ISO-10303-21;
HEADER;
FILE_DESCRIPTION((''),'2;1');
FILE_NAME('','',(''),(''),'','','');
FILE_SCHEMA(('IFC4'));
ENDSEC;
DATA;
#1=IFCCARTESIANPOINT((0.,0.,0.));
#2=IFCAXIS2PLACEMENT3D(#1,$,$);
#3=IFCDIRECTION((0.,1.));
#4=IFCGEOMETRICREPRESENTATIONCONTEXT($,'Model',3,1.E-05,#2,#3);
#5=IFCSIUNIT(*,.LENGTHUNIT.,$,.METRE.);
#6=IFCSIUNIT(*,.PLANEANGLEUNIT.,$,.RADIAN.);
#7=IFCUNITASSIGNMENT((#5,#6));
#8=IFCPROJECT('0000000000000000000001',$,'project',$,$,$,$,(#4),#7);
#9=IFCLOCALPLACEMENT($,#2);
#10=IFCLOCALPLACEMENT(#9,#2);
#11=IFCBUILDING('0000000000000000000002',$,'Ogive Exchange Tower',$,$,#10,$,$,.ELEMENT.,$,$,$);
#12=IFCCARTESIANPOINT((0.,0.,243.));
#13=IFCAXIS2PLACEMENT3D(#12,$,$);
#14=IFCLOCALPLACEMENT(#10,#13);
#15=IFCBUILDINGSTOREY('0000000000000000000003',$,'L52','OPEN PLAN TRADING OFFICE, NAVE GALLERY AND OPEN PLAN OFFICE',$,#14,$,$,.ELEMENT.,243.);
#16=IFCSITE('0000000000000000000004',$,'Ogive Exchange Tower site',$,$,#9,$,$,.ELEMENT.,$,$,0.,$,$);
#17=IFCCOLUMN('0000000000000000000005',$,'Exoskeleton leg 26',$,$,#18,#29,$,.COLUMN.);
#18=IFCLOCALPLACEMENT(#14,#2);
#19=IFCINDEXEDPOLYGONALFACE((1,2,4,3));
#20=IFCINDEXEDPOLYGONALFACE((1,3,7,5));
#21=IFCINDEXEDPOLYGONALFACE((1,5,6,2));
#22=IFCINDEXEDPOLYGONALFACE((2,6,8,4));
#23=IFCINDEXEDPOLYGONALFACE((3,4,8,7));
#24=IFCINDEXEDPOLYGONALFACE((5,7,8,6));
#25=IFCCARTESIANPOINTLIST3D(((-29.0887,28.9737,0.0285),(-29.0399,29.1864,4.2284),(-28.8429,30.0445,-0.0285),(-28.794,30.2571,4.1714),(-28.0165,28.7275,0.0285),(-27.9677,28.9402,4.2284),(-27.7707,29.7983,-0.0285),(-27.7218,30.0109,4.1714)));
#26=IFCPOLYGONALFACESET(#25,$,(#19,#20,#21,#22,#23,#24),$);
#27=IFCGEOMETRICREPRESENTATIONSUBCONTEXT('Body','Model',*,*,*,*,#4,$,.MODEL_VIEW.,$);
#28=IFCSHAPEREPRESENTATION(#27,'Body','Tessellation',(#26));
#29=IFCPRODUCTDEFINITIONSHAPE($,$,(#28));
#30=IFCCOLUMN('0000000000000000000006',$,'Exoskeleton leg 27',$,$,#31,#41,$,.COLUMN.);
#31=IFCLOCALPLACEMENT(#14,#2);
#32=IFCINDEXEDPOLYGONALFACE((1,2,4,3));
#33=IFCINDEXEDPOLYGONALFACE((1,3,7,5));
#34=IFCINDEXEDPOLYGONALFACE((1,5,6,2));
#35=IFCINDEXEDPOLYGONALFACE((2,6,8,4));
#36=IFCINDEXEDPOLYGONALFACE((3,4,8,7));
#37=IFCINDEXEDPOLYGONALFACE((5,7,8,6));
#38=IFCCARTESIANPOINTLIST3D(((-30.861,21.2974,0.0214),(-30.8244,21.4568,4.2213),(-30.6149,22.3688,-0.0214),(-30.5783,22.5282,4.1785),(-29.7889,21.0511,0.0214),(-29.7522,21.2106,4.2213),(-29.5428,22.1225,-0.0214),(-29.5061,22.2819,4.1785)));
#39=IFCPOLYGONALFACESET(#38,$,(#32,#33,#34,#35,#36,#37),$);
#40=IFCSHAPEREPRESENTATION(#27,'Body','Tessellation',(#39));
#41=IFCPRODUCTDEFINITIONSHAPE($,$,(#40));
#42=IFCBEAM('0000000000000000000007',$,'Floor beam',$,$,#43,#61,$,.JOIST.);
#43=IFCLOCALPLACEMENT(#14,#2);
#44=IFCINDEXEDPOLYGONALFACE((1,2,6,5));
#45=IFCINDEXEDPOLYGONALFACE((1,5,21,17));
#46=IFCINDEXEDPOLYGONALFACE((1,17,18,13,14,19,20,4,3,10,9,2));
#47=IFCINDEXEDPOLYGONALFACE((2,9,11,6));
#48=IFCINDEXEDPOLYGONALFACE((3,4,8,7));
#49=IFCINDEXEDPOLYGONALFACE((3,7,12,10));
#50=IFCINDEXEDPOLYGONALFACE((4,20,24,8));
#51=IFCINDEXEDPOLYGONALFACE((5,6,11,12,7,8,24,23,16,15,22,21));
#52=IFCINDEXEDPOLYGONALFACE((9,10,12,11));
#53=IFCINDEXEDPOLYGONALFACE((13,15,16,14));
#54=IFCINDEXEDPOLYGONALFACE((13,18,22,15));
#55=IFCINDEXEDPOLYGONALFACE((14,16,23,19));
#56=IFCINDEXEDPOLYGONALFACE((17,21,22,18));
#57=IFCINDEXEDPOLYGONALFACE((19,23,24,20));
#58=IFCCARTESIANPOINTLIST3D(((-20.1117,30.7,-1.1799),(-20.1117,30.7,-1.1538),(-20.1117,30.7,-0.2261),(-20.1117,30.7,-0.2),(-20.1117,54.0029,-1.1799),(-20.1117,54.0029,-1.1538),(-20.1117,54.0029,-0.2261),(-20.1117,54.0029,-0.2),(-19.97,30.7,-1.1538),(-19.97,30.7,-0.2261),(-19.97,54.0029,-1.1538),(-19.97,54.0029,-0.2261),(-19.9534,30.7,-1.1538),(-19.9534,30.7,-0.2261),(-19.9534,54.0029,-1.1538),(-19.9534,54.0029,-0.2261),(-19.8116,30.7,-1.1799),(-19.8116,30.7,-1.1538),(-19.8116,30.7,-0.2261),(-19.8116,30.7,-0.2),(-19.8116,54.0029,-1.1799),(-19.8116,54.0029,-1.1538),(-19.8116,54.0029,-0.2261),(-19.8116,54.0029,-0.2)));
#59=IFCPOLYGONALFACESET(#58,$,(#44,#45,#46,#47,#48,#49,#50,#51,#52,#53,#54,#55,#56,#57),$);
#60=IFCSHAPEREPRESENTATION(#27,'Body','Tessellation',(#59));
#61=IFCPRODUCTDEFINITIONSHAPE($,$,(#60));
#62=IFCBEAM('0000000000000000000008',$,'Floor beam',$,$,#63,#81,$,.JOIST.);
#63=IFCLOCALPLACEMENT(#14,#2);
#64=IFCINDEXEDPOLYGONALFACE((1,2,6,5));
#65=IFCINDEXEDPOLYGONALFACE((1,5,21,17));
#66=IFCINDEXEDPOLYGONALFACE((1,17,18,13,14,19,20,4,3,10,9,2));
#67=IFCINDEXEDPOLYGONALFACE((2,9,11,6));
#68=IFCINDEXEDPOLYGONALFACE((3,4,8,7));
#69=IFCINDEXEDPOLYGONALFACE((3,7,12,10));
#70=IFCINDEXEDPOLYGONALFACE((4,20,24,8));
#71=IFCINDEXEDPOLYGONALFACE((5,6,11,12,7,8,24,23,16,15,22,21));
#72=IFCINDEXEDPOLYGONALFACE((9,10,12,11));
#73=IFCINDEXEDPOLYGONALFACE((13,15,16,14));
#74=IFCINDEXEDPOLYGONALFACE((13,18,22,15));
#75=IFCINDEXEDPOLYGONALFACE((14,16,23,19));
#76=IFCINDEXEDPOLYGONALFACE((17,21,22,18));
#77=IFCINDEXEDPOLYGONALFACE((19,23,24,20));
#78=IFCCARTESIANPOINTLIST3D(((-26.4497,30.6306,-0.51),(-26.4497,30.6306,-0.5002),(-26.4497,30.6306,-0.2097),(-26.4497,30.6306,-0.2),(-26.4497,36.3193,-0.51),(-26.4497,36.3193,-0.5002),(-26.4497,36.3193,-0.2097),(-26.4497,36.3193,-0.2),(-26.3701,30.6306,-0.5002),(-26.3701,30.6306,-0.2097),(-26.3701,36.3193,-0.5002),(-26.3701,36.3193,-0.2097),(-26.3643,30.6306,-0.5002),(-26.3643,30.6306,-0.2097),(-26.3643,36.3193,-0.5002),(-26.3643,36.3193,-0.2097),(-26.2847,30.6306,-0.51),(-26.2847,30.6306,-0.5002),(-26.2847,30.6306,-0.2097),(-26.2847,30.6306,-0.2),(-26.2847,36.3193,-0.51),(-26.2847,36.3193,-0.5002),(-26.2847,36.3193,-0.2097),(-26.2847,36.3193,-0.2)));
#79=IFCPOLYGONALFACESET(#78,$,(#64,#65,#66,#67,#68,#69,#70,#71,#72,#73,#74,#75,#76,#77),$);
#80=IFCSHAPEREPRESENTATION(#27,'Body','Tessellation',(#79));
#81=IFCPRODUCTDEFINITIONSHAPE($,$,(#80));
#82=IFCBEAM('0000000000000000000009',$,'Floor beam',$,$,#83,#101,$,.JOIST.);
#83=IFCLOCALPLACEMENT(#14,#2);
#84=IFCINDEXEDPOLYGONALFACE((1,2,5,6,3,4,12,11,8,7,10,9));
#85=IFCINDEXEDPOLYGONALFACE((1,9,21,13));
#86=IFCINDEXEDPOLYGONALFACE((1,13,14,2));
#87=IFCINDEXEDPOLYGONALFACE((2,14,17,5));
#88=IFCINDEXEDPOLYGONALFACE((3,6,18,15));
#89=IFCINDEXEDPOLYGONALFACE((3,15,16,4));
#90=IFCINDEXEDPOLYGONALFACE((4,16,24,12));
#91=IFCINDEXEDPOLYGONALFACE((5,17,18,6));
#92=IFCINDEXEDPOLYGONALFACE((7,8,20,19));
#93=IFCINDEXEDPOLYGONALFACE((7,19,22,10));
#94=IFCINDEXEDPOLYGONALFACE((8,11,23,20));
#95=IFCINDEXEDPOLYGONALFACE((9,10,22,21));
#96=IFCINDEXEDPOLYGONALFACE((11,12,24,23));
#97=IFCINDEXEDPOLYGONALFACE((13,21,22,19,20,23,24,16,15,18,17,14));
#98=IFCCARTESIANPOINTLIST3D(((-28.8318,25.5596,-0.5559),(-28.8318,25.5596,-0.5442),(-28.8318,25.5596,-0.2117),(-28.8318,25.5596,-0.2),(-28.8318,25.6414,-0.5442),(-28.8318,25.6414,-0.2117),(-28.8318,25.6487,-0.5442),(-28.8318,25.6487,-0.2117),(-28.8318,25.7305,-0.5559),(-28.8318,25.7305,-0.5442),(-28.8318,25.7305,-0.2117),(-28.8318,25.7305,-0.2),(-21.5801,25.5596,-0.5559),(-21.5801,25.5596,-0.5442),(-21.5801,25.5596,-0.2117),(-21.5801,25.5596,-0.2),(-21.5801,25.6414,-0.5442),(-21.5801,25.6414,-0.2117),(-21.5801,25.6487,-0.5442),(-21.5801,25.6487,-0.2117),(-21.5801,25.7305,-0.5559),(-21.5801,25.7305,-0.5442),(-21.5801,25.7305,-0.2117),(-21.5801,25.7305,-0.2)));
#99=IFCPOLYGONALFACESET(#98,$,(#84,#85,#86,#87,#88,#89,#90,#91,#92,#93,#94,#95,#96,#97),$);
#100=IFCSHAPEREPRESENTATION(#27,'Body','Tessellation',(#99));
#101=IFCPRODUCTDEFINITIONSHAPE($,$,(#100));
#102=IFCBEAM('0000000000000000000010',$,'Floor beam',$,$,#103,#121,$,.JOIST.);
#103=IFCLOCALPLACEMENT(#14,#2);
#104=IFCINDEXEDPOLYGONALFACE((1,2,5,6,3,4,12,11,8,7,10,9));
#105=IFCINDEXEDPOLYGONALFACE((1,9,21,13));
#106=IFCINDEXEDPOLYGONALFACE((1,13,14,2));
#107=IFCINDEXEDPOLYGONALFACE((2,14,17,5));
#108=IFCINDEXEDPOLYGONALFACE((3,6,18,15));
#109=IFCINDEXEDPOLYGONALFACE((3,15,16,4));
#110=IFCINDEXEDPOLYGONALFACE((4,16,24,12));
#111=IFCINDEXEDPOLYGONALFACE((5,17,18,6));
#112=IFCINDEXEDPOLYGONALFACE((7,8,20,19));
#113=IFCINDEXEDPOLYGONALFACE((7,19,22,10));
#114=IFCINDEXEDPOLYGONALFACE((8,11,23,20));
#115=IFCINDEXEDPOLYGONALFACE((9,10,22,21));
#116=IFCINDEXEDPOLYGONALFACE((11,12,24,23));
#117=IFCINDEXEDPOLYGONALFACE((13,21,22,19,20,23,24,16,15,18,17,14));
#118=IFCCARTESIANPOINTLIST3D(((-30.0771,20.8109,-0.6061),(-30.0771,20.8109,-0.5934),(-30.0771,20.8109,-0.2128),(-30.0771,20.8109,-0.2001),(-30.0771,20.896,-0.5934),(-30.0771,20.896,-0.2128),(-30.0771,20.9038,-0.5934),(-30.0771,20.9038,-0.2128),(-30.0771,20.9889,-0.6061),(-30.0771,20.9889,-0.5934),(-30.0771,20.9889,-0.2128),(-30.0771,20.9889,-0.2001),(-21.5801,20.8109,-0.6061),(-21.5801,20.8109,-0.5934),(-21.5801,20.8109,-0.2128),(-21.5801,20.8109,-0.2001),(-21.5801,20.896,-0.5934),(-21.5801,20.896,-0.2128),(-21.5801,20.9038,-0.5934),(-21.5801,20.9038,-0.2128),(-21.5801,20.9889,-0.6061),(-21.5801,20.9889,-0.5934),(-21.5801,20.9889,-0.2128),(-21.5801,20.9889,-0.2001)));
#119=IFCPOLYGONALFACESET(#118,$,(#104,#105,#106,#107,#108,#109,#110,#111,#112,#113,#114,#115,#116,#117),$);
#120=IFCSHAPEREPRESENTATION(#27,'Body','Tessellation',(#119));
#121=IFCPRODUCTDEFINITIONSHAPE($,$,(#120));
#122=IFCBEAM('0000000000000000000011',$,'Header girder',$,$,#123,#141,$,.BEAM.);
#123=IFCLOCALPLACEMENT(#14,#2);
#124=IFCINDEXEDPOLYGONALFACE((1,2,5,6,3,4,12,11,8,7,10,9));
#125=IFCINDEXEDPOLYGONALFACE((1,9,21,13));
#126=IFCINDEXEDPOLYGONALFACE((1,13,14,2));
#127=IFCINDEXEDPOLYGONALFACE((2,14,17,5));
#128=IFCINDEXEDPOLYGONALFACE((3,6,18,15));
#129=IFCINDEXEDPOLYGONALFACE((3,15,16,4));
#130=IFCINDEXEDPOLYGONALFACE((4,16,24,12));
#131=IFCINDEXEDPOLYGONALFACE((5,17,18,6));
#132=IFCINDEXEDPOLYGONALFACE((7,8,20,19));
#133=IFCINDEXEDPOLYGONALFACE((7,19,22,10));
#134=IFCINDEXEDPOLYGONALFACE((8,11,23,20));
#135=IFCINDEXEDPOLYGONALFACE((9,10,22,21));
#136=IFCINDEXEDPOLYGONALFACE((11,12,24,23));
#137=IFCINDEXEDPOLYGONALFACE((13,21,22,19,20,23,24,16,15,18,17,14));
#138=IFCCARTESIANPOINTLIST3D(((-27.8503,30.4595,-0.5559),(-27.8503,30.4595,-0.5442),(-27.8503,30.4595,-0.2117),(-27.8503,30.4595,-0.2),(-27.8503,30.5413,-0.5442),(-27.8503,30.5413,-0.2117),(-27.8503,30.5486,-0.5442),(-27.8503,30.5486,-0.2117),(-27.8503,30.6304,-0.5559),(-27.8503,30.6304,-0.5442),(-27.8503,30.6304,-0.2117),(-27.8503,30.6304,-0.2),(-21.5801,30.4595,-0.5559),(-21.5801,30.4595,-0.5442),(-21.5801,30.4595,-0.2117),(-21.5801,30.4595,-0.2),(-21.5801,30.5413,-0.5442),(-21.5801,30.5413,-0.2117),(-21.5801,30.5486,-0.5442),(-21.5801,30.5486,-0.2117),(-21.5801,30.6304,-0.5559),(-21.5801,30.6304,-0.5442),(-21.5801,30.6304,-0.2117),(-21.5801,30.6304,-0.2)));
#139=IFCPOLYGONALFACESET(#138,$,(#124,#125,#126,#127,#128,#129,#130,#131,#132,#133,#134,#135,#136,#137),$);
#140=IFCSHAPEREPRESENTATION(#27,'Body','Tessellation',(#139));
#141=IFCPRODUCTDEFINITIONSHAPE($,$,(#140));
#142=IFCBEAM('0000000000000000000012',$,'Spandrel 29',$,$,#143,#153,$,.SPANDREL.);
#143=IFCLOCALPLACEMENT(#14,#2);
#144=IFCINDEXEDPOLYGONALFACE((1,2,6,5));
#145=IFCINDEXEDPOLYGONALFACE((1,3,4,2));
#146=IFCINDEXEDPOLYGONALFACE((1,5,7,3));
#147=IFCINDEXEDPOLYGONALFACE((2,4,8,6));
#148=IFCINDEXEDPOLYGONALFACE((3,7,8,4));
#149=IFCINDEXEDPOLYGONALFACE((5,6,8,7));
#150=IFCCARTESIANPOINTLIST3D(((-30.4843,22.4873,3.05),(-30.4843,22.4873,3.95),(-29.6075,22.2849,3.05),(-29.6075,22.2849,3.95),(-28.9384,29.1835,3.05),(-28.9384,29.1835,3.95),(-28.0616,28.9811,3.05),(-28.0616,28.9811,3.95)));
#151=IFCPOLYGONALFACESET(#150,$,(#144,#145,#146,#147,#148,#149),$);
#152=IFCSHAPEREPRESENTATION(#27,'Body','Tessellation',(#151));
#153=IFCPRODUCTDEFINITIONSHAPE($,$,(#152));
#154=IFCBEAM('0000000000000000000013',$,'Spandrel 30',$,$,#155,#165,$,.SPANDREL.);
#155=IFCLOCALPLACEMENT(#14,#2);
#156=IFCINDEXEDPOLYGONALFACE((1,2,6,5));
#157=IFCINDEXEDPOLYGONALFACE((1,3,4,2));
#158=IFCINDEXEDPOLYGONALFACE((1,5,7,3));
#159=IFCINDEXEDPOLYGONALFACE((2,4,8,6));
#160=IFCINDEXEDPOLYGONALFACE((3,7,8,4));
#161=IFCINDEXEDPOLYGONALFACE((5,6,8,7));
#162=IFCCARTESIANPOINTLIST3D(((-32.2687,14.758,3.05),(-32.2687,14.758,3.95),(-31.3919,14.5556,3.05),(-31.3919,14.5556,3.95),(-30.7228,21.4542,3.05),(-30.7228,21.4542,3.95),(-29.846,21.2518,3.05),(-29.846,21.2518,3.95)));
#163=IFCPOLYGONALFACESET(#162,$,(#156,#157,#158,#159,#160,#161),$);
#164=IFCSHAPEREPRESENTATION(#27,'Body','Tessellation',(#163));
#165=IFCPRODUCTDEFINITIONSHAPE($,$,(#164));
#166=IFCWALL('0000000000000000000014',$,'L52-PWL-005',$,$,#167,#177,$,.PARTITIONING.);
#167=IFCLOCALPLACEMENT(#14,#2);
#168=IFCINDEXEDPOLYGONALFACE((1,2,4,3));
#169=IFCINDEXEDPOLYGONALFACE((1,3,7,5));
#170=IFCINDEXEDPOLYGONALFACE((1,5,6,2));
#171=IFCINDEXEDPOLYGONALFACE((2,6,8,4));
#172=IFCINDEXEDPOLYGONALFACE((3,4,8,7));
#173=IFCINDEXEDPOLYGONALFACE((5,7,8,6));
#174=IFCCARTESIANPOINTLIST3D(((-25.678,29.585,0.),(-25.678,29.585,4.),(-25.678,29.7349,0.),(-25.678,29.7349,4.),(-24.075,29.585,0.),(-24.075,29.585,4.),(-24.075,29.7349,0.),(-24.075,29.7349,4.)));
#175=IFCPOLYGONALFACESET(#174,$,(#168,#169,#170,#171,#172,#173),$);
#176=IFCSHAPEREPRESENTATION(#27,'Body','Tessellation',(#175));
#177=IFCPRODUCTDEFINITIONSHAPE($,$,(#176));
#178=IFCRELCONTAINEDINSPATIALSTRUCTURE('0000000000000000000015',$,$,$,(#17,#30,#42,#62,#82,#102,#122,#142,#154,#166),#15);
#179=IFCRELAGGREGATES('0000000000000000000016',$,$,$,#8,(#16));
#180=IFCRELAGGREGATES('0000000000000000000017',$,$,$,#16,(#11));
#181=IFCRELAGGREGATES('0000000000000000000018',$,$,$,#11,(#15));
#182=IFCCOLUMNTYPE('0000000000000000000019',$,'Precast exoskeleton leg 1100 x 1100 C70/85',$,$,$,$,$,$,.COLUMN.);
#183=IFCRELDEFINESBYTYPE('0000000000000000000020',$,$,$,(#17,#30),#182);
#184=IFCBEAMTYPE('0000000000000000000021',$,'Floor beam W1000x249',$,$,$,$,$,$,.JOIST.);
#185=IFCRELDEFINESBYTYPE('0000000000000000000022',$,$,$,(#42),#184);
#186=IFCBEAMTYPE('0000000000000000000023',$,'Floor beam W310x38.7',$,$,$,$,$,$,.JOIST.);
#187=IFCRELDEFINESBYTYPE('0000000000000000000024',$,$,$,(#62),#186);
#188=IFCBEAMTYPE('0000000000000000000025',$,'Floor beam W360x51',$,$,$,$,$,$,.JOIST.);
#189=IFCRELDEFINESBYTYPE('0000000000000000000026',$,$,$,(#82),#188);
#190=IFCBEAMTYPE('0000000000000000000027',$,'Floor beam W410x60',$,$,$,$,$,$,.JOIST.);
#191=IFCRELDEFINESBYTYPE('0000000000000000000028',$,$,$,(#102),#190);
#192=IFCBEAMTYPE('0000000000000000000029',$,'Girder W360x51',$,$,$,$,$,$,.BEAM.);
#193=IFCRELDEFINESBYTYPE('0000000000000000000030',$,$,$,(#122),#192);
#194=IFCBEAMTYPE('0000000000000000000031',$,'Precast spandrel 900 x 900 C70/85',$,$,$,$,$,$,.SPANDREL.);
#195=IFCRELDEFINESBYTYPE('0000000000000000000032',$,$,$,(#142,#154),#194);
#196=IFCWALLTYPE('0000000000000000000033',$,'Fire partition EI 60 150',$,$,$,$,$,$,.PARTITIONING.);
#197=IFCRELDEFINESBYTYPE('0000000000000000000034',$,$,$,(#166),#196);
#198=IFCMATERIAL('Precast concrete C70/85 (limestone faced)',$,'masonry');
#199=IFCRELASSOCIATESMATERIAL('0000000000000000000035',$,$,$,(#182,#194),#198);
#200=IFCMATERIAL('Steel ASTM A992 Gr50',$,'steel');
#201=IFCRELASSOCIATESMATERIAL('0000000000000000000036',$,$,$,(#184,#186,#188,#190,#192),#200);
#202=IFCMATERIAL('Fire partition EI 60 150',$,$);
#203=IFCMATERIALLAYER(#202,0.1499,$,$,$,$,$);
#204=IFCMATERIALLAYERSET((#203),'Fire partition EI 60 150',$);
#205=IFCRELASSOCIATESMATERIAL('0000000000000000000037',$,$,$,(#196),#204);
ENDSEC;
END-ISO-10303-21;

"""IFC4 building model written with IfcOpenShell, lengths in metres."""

from ifc_helpers import new_model, si_unit, direction, frame, frame_2d, origin, origin_2d, place, context, subcontext, project, spatial, rectangle, i_section, extrude, material, layer, layer_set, material_profile, profile_set, type_object, element, save


model = new_model("IFC4")

# Units and contexts
model_context = context("Model", 3, precision=1e-05, world=origin(), true_north=direction((0.0, 1.0)))
body_context = subcontext(model_context, "Body", "Model", "MODEL_VIEW")
ifc_project = project(units=[si_unit("LENGTHUNIT", "METRE"), si_unit("PLANEANGLEUNIT", "RADIAN")], contexts=[model_context])

# Site, building, storey
site_placement = place(None, origin())
site = spatial("IfcSite", under=ifc_project, at=site_placement, Name="Ogive Exchange Tower site", CompositionType="ELEMENT", RefElevation=0.0)
building_placement = place(site_placement, origin())
building = spatial("IfcBuilding", under=site, at=building_placement, Name="Ogive Exchange Tower", CompositionType="ELEMENT")
storey_placement = place(building_placement, frame((0.0, 0.0, 243.0)))
storey = spatial("IfcBuildingStorey", under=building, at=storey_placement, Name="L52", Description="OPEN PLAN TRADING OFFICE, NAVE GALLERY AND OPEN PLAN OFFICE", CompositionType="ELEMENT", Elevation=243.0)

# Columns
ifc_material_1 = material(Name="Precast concrete C70/85 (limestone faced)", Category="masonry")
ifc_material_profile_1 = material_profile(ifc_material_1, rectangle(XDim=1.1001, YDim=1.1001, at=origin_2d()), Name="1100 x 1100")
ifc_profile_set_1 = profile_set([ifc_material_profile_1], Name="Precast concrete C70/85 (limestone faced)")
column_type = type_object("IfcColumnType", Name="Precast exoskeleton leg 1100 x 1100 C70/85", PredefinedType="COLUMN", material=ifc_profile_set_1)
column_1_placement = place(storey_placement, frame((-28.4297, 29.386, 0.0), z_axis=(0.01161, 0.050563, 0.998653), x_axis=(-0.974636, 0.223797, 0.0)))
element("IfcColumn", 1, at=column_1_placement, inside=storey, type_object=column_type, Name="Exoskeleton leg 26", PredefinedType="COLUMN", context=body_context, shape_type="SweptSolid", body=[
    extrude(rectangle(XDim=1.1001, YDim=1.1001, at=origin_2d()), origin(), (0.0, 0.0, 1.0), 4.2056),
])
column_2_placement = place(storey_placement, frame((-30.2019, 21.71, 0.0), z_axis=(0.008713, 0.03793, 0.999242), x_axis=(-0.974617, 0.223878, 0.0)))
element("IfcColumn", 2, at=column_2_placement, inside=storey, type_object=column_type, Name="Exoskeleton leg 27", PredefinedType="COLUMN", context=body_context, shape_type="SweptSolid", body=[
    extrude(rectangle(XDim=1.1001, YDim=1.1001, at=origin_2d()), origin(), (0.0, 0.0, 1.0), 4.2031),
])

# Beams
ifc_material_2 = material(Name="Steel ASTM A992 Gr50", Category="steel")
ifc_material_profile_2 = material_profile(ifc_material_2, i_section(OverallWidth=0.3, OverallDepth=0.98, WebThickness=0.0166, FlangeThickness=0.0261, at=origin_2d()), Name="W1000x249")
ifc_profile_set_2 = profile_set([ifc_material_profile_2], Name="Steel ASTM A992 Gr50")
beam_type_1 = type_object("IfcBeamType", Name="Floor beam W1000x249", PredefinedType="JOIST", material=ifc_profile_set_2)
beam_1_placement = place(storey_placement, frame((-19.9617, 30.7, -0.6899), z_axis=(0.0, 1.0, 0.0), x_axis=(-1.0, 0.0, 0.0)))
element("IfcBeam", 3, at=beam_1_placement, inside=storey, type_object=beam_type_1, Name="Floor beam", PredefinedType="JOIST", context=body_context, shape_type="SweptSolid", body=[
    extrude(i_section(OverallWidth=0.3, OverallDepth=0.98, WebThickness=0.0166, FlangeThickness=0.0261, at=origin_2d()), origin(), (0.0, 0.0, 1.0), 23.303),
])
ifc_material_profile_3 = material_profile(ifc_material_2, i_section(OverallWidth=0.165, OverallDepth=0.3101, WebThickness=0.0059, FlangeThickness=0.0098, at=origin_2d()), Name="W310x38.7")
ifc_profile_set_3 = profile_set([ifc_material_profile_3], Name="Steel ASTM A992 Gr50")
beam_type_2 = type_object("IfcBeamType", Name="Floor beam W310x38.7", PredefinedType="JOIST", material=ifc_profile_set_3)
beam_2_placement = place(storey_placement, frame((-26.3672, 30.6306, -0.355), z_axis=(0.0, 1.0, 0.0), x_axis=(-1.0, 0.0, 0.0)))
element("IfcBeam", 4, at=beam_2_placement, inside=storey, type_object=beam_type_2, Name="Floor beam", PredefinedType="JOIST", context=body_context, shape_type="SweptSolid", body=[
    extrude(i_section(OverallWidth=0.165, OverallDepth=0.3101, WebThickness=0.0059, FlangeThickness=0.0098, at=origin_2d()), origin(), (0.0, 0.0, 1.0), 5.6887),
])
ifc_material_profile_4 = material_profile(ifc_material_2, i_section(OverallWidth=0.1709, OverallDepth=0.356, WebThickness=0.0073, FlangeThickness=0.0117, at=origin_2d()), Name="W360x51")
ifc_profile_set_4 = profile_set([ifc_material_profile_4], Name="Steel ASTM A992 Gr50")
beam_type_3 = type_object("IfcBeamType", Name="Floor beam W360x51", PredefinedType="JOIST", material=ifc_profile_set_4)
beam_3_placement = place(storey_placement, frame((-28.8318, 25.645, -0.3779), z_axis=(1.0, 0.0, 0.0), x_axis=(0.0, 1.0, 0.0)))
element("IfcBeam", 5, at=beam_3_placement, inside=storey, type_object=beam_type_3, Name="Floor beam", PredefinedType="JOIST", context=body_context, shape_type="SweptSolid", body=[
    extrude(i_section(OverallWidth=0.1709, OverallDepth=0.356, WebThickness=0.0073, FlangeThickness=0.0117, at=origin_2d()), origin(), (0.0, 0.0, 1.0), 7.2517),
])
ifc_material_profile_5 = material_profile(ifc_material_2, i_section(OverallWidth=0.178, OverallDepth=0.406, WebThickness=0.0078, FlangeThickness=0.0127, at=origin_2d()), Name="W410x60")
ifc_profile_set_5 = profile_set([ifc_material_profile_5], Name="Steel ASTM A992 Gr50")
beam_type_4 = type_object("IfcBeamType", Name="Floor beam W410x60", PredefinedType="JOIST", material=ifc_profile_set_5)
beam_4_placement = place(storey_placement, frame((-30.0771, 20.8999, -0.4031), z_axis=(1.0, 0.0, 0.0), x_axis=(0.0, 1.0, 0.0)))
element("IfcBeam", 6, at=beam_4_placement, inside=storey, type_object=beam_type_4, Name="Floor beam", PredefinedType="JOIST", context=body_context, shape_type="SweptSolid", body=[
    extrude(i_section(OverallWidth=0.178, OverallDepth=0.406, WebThickness=0.0078, FlangeThickness=0.0127, at=origin_2d()), origin(), (0.0, 0.0, 1.0), 8.4971),
])
ifc_material_profile_6 = material_profile(ifc_material_2, i_section(OverallWidth=0.1709, OverallDepth=0.356, WebThickness=0.0073, FlangeThickness=0.0117, at=origin_2d()), Name="W360x51")
ifc_profile_set_6 = profile_set([ifc_material_profile_6], Name="Steel ASTM A992 Gr50")
beam_type_5 = type_object("IfcBeamType", Name="Girder W360x51", PredefinedType="BEAM", material=ifc_profile_set_6)
beam_5_placement = place(storey_placement, frame((-27.8503, 30.5449, -0.3779), z_axis=(1.0, 0.0, 0.0), x_axis=(0.0, 1.0, 0.0)))
element("IfcBeam", 7, at=beam_5_placement, inside=storey, type_object=beam_type_5, Name="Header girder", PredefinedType="BEAM", context=body_context, shape_type="SweptSolid", body=[
    extrude(i_section(OverallWidth=0.1709, OverallDepth=0.356, WebThickness=0.0073, FlangeThickness=0.0117, at=origin_2d()), origin(), (0.0, 0.0, 1.0), 6.2703),
])
ifc_material_profile_7 = material_profile(ifc_material_1, rectangle(XDim=0.8999, YDim=0.8999, at=origin_2d()), Name="900 x 900")
ifc_profile_set_7 = profile_set([ifc_material_profile_7], Name="Precast concrete C70/85 (limestone faced)")
beam_type_6 = type_object("IfcBeamType", Name="Precast spandrel 900 x 900 C70/85", PredefinedType="SPANDREL", material=ifc_profile_set_7)
for number, where, z_axis, x_axis, name in (
    (8, (-28.5, 29.0823, 3.5), (-0.224943, -0.974372, 0.0), (0.974372, -0.224943, 0.0), "Spandrel 29"),
    (9, (-30.2844, 21.353, 3.5), (-0.224943, -0.974372, 0.0), (0.974372, -0.224943, 0.0), "Spandrel 30"),
):
    element("IfcBeam", number, at=place(storey_placement, frame(where, z_axis=z_axis, x_axis=x_axis)), inside=storey, type_object=beam_type_6, Name=name, PredefinedType="SPANDREL", context=body_context, shape_type="SweptSolid", body=[
        extrude(rectangle(XDim=0.8999, YDim=0.8999, at=origin_2d()), origin(), (0.0, 0.0, 1.0), 6.8723),
    ])

# Wall
ifc_material_3 = material(Name="Fire partition EI 60 150")
ifc_layer_1 = layer(ifc_material_3, 0.1499)
ifc_layer_set_1 = layer_set([ifc_layer_1], Name="Fire partition EI 60 150")
wall_type_1 = type_object("IfcWallType", Name="Fire partition EI 60 150", PredefinedType="PARTITIONING", material=ifc_layer_set_1)
wall_1_placement = place(storey_placement, frame((-24.075, 29.6599, 0.0), z_axis=(0.0, 0.0, 1.0), x_axis=(-1.0, 0.0, 0.0)))
element("IfcWall", 10, at=wall_1_placement, inside=storey, type_object=wall_type_1, Name="L52-PWL-005", PredefinedType="PARTITIONING", context=body_context, shape_type="SweptSolid", body=[
    extrude(rectangle(XDim=1.603, YDim=0.1499, at=frame_2d((0.8015, 0.0))), origin(), (0.0, 0.0, 1.0), 4.0),
])

save(model, "model.ifc")
